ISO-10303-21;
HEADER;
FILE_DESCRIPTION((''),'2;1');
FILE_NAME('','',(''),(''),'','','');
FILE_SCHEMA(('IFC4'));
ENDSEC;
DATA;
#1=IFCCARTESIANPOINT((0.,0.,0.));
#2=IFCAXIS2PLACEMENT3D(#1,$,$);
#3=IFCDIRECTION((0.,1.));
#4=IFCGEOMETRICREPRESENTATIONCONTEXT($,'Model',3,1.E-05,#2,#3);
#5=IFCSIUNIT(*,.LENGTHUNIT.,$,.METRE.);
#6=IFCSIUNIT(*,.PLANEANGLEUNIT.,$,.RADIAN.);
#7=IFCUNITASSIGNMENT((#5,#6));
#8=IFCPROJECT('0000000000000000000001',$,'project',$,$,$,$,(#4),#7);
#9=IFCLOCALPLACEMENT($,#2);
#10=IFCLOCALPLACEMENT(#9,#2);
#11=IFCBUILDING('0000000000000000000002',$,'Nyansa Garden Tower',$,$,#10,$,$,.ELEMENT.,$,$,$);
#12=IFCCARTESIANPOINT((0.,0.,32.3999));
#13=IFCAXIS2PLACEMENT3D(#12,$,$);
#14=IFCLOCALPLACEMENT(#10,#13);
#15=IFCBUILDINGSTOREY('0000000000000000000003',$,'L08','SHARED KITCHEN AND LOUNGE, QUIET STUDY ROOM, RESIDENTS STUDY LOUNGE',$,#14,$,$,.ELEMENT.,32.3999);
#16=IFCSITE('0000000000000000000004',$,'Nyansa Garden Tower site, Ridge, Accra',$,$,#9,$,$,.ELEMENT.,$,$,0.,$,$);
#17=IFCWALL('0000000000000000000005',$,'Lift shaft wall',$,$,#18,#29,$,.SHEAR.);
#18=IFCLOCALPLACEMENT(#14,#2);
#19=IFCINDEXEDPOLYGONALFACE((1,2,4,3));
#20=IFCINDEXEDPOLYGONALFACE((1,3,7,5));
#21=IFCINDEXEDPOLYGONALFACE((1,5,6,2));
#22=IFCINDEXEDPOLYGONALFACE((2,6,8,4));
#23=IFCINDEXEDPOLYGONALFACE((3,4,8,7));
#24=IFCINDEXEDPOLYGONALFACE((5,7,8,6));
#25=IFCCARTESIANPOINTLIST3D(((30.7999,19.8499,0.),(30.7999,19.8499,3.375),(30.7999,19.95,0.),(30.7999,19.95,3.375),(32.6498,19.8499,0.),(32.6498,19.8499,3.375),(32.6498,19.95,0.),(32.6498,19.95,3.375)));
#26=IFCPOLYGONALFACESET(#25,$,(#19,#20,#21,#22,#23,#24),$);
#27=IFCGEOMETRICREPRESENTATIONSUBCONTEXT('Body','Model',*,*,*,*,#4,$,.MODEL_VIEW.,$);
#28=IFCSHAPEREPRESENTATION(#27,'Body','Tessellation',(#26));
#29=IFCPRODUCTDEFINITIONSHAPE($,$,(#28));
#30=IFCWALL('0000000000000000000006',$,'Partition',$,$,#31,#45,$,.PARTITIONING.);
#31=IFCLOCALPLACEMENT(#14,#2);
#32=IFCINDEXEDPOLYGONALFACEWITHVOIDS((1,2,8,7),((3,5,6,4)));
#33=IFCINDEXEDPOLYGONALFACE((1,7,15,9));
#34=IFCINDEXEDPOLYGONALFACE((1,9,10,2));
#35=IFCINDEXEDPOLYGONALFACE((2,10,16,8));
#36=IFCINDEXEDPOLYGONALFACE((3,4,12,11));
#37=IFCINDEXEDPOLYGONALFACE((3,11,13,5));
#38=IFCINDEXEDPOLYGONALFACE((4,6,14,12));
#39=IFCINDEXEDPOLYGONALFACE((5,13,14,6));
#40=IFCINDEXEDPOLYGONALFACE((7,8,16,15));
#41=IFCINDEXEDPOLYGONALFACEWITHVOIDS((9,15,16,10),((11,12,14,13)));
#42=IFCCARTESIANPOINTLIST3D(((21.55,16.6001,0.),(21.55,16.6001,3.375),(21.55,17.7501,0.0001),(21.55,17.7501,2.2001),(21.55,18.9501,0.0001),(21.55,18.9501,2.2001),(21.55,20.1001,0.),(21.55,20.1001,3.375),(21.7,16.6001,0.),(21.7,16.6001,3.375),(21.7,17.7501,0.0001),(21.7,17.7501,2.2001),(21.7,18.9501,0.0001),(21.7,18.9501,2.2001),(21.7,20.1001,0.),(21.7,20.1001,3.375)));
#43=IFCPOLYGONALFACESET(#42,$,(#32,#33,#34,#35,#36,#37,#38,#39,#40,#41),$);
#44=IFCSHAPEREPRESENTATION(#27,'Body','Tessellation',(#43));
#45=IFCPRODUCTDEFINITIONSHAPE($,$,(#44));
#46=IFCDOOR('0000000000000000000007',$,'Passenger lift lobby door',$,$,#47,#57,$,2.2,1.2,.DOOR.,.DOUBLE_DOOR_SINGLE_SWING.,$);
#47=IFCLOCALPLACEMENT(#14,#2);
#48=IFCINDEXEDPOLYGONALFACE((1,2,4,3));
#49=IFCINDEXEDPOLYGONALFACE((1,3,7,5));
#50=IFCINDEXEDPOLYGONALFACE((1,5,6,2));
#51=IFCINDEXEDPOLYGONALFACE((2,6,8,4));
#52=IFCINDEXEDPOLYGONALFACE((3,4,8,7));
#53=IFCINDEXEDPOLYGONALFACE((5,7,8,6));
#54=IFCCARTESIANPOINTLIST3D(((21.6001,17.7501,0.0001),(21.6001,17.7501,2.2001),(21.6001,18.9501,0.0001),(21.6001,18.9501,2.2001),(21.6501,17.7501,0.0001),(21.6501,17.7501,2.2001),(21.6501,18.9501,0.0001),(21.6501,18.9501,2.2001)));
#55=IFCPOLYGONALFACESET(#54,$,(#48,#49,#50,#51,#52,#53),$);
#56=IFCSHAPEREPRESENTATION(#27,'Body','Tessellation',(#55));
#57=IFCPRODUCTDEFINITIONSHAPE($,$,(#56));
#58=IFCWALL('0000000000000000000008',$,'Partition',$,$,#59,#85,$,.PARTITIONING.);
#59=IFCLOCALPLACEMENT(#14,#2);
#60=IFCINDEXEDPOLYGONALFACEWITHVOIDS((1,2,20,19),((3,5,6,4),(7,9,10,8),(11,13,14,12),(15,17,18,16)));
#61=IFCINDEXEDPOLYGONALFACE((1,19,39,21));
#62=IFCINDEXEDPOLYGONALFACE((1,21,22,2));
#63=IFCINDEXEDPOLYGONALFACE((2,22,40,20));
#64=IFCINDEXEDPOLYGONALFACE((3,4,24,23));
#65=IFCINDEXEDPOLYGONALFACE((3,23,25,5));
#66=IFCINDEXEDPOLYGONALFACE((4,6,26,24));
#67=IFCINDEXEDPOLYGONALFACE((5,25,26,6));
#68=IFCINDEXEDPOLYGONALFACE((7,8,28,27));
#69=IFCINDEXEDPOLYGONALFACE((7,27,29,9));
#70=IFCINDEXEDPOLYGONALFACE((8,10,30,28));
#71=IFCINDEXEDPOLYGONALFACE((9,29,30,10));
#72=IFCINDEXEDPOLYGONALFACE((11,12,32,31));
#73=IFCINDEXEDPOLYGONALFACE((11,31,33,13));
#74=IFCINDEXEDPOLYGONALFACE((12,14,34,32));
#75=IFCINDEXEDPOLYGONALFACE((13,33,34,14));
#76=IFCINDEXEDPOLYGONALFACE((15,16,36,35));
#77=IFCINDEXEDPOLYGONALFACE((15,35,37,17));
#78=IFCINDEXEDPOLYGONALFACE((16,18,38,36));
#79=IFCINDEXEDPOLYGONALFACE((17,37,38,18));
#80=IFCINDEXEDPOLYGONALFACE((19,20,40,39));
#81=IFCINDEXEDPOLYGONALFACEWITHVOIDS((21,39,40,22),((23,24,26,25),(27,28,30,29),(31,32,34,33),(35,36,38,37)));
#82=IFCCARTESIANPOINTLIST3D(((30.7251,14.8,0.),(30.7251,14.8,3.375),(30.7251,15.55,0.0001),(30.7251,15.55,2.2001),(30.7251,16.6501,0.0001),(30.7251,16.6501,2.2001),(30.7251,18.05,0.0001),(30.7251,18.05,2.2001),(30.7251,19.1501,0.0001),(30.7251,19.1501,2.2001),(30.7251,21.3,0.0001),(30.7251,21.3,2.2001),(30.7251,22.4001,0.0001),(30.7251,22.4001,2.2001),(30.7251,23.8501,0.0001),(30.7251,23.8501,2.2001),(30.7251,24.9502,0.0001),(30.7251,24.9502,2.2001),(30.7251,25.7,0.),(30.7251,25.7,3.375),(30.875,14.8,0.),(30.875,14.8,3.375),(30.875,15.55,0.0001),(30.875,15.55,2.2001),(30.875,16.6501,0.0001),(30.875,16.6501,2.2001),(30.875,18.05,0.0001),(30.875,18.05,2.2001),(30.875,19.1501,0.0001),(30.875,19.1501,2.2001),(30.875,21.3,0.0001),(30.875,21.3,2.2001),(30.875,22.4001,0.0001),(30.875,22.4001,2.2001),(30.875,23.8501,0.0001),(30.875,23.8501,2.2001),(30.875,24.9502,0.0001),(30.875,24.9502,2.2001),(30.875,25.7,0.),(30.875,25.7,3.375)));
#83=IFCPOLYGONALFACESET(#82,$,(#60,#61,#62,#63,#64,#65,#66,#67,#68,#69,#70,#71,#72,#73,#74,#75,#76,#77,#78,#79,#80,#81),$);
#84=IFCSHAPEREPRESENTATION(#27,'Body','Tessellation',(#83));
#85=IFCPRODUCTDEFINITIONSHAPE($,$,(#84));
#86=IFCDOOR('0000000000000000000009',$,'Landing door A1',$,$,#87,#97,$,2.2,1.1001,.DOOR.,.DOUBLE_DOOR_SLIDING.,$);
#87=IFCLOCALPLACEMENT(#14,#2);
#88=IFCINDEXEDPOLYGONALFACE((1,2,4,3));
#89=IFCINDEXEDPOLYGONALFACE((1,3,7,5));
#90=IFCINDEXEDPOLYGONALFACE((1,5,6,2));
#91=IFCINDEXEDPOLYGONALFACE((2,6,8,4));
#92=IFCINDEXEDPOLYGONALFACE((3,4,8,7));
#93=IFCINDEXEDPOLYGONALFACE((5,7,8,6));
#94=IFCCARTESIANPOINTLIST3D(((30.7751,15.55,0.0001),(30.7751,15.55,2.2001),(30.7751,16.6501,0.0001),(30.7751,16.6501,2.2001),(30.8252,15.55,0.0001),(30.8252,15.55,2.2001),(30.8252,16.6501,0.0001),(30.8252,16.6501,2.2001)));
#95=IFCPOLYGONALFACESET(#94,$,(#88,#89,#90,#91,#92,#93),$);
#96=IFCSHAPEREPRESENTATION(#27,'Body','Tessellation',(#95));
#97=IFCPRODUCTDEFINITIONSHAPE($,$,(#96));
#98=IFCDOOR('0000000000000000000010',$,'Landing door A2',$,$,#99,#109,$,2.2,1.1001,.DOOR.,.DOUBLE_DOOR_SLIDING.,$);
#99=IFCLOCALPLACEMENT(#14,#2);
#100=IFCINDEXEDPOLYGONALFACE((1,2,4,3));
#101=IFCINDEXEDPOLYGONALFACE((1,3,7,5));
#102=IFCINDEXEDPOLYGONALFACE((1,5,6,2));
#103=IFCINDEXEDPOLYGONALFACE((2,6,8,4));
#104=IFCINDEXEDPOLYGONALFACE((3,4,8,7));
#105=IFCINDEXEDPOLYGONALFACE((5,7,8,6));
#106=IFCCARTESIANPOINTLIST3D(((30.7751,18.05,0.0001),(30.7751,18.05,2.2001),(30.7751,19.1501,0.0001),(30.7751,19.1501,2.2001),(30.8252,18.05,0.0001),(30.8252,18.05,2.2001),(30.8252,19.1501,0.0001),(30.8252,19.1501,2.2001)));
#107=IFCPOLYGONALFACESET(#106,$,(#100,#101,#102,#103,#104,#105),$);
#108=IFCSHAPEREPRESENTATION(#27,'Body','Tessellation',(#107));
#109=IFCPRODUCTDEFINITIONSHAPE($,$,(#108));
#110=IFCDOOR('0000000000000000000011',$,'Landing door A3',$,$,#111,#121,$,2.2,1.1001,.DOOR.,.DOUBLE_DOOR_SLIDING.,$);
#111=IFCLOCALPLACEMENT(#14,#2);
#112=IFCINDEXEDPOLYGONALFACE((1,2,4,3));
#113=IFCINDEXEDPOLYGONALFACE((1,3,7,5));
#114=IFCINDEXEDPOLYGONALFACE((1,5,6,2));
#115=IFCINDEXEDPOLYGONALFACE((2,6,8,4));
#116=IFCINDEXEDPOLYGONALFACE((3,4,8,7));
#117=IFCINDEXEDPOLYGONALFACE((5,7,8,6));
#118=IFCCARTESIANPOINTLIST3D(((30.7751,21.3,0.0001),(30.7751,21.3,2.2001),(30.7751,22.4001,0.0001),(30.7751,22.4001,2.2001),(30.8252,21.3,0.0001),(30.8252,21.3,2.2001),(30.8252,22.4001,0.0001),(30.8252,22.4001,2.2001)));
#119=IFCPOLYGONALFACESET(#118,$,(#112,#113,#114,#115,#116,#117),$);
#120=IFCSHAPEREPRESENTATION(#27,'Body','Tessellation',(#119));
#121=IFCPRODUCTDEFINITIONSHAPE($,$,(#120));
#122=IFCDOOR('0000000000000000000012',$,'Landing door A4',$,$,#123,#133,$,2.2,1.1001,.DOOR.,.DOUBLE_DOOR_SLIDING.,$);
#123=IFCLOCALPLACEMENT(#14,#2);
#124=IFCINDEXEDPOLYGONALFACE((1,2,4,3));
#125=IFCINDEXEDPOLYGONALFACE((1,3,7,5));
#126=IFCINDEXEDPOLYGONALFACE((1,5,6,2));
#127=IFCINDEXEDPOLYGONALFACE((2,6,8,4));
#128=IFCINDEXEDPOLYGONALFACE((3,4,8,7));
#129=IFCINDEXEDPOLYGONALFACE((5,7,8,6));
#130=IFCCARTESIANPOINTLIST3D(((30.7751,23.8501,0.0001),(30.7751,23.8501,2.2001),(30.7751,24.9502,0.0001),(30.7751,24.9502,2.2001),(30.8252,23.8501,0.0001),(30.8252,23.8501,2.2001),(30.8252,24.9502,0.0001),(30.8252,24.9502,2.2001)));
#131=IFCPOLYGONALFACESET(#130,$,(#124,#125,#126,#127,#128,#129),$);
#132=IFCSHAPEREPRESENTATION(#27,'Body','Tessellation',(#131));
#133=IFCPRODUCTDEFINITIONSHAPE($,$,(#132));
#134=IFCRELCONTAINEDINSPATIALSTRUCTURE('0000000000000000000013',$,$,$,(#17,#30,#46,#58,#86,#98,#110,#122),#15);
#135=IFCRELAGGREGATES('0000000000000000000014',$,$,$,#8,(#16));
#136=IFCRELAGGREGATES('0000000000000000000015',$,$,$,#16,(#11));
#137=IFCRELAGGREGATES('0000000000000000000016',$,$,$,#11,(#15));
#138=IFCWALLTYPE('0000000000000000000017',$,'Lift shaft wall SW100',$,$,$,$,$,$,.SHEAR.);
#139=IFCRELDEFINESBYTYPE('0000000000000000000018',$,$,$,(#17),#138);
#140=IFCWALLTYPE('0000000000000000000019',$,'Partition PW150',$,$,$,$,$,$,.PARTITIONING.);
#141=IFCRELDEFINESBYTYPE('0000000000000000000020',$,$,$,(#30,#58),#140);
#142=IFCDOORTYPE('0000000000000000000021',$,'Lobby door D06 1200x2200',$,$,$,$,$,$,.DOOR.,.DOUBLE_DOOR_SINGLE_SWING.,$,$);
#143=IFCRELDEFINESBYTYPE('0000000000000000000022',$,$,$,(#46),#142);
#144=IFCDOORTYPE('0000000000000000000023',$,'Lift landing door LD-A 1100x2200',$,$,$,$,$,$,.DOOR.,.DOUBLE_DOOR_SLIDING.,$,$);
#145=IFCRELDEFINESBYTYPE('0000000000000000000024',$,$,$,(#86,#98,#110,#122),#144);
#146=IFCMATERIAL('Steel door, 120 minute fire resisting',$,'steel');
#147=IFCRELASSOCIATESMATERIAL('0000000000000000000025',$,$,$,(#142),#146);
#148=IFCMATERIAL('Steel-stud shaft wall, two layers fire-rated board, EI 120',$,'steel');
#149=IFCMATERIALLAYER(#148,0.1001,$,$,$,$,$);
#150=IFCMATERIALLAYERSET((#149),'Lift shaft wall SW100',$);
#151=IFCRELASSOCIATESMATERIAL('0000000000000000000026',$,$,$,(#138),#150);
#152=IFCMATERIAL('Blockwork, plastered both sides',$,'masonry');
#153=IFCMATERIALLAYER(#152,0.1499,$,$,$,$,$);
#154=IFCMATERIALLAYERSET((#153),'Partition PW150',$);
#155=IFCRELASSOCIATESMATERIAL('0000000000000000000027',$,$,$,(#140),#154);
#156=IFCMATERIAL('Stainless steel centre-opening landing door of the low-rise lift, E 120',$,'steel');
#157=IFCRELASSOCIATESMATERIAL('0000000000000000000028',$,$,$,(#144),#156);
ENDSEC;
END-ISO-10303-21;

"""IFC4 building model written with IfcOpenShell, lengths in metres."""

from ifc_helpers import new_model, si_unit, direction, frame, frame_2d, origin, place, context, subcontext, project, spatial, rectangle, extrude, material, layer, layer_set, type_object, element, fill, save


model = new_model("IFC4")

# Units and contexts
model_context = context("Model", 3, precision=1e-05, world=origin(), true_north=direction((0.0, 1.0)))
body_context = subcontext(model_context, "Body", "Model", "MODEL_VIEW")
ifc_project = project(units=[si_unit("LENGTHUNIT", "METRE"), si_unit("PLANEANGLEUNIT", "RADIAN")], contexts=[model_context])

# Site, building, storey
site_placement = place(None, origin())
site = spatial("IfcSite", under=ifc_project, at=site_placement, Name="Nyansa Garden Tower site, Ridge, Accra", CompositionType="ELEMENT", RefElevation=0.0)
building_placement = place(site_placement, origin())
building = spatial("IfcBuilding", under=site, at=building_placement, Name="Nyansa Garden Tower", CompositionType="ELEMENT")
storey_placement = place(building_placement, frame((0.0, 0.0, 32.3999)))
storey = spatial("IfcBuildingStorey", under=building, at=storey_placement, Name="L08", Description="SHARED KITCHEN AND LOUNGE, QUIET STUDY ROOM, RESIDENTS STUDY LOUNGE", CompositionType="ELEMENT", Elevation=32.3999)

# Shared definitions
ifc_material_1 = material(Name="Steel door, 120 minute fire resisting", Category="steel")
door_type_1 = type_object("IfcDoorType", Name="Lobby door D06 1200x2200", OperationType="DOUBLE_DOOR_SINGLE_SWING", PredefinedType="DOOR", material=ifc_material_1)

# Wall
ifc_material_2 = material(Name="Steel-stud shaft wall, two layers fire-rated board, EI 120", Category="steel")
ifc_layer_1 = layer(ifc_material_2, 0.1001)
ifc_layer_set_1 = layer_set([ifc_layer_1], Name="Lift shaft wall SW100")
wall_type_1 = type_object("IfcWallType", Name="Lift shaft wall SW100", PredefinedType="SHEAR", material=ifc_layer_set_1)
for number, where, z_axis, x_axis, name in (
    (1, (30.8, 19.8999, 0.0), (0.0, 0.0, 1.0), (1.0, 0.0, 0.0), "Lift shaft wall"),
):
    element("IfcWall", number, at=place(storey_placement, frame(where, z_axis=z_axis, x_axis=x_axis)), inside=storey, type_object=wall_type_1, Name=name, PredefinedType="SHEAR", context=body_context, shape_type="SweptSolid", body=[
        extrude(rectangle(XDim=1.8499, YDim=0.1001, at=frame_2d((0.9248, 0.0))), origin(), (0.0, 0.0, 1.0), 3.375),
    ])

# Wall, opening, door
ifc_material_3 = material(Name="Blockwork, plastered both sides", Category="masonry")
ifc_layer_2 = layer(ifc_material_3, 0.1499)
ifc_layer_set_2 = layer_set([ifc_layer_2], Name="Partition PW150")
wall_type_2 = type_object("IfcWallType", Name="Partition PW150", PredefinedType="PARTITIONING", material=ifc_layer_set_2)
wall_1_placement = place(storey_placement, frame((21.625, 16.6001, 0.0), z_axis=(0.0, 0.0, 1.0), x_axis=(0.0, 1.0, 0.0)))
wall_1 = element("IfcWall", 2, at=wall_1_placement, inside=storey, type_object=wall_type_2, Name="Partition", PredefinedType="PARTITIONING", context=body_context, shape_type="SweptSolid", body=[
    extrude(rectangle(XDim=3.5, YDim=0.1499, at=frame_2d((1.75, 0.0))), origin(), (0.0, 0.0, 1.0), 3.375),
])
opening_1_placement = place(wall_1_placement, frame((1.1499, 0.0, 0.0)))
opening_1 = element("IfcOpeningElement", 3, at=opening_1_placement, cuts=wall_1, PredefinedType="OPENING", context=body_context, shape_type="SweptSolid", body=[
    extrude(rectangle(XDim=1.2, YDim=2.2, at=frame_2d((0.6001, 1.1001))), frame((0.0, 0.085, 0.0), z_axis=(0.0, -1.0, 0.0), x_axis=(1.0, 0.0, 0.0)), (0.0, 0.0, 1.0), 0.1699),
])
door_1_placement = place(opening_1_placement, origin())
door_1 = element("IfcDoor", 4, at=door_1_placement, inside=storey, type_object=door_type_1, Name="Passenger lift lobby door", OperationType="DOUBLE_DOOR_SINGLE_SWING", OverallHeight=2.2, OverallWidth=1.2, PredefinedType="DOOR", context=body_context, shape_type="SweptSolid", body=[
    extrude(rectangle(XDim=1.2, YDim=2.2, at=frame_2d((0.6001, 1.1001))), frame((0.0, 0.0249, 0.0), z_axis=(0.0, -1.0, 0.0), x_axis=(1.0, 0.0, 0.0)), (0.0, 0.0, 1.0), 0.05),
])
fill(opening_1, door_1)

# Wall, openings, doors
wall_2_placement = place(storey_placement, frame((30.8, 14.8, 0.0), z_axis=(0.0, 0.0, 1.0), x_axis=(0.0, 1.0, 0.0)))
wall_2 = element("IfcWall", 5, at=wall_2_placement, inside=storey, type_object=wall_type_2, Name="Partition", PredefinedType="PARTITIONING", context=body_context, shape_type="SweptSolid", body=[
    extrude(rectangle(XDim=10.8999, YDim=0.1499, at=frame_2d((5.45, 0.0))), origin(), (0.0, 0.0, 1.0), 3.375),
])
opening_2_placement = place(wall_2_placement, frame((0.75, 0.0, 0.0)))
opening_2 = element("IfcOpeningElement", 6, at=opening_2_placement, cuts=wall_2, PredefinedType="OPENING", context=body_context, shape_type="SweptSolid", body=[
    extrude(rectangle(XDim=1.1001, YDim=2.2, at=frame_2d((0.55, 1.1001))), frame((0.0, 0.085, 0.0), z_axis=(0.0, -1.0, 0.0), x_axis=(1.0, 0.0, 0.0)), (0.0, 0.0, 1.0), 0.1699),
])
opening_3_placement = place(wall_2_placement, frame((3.25, 0.0, 0.0)))
opening_3 = element("IfcOpeningElement", 7, at=opening_3_placement, cuts=wall_2, PredefinedType="OPENING", context=body_context, shape_type="SweptSolid", body=[
    extrude(rectangle(XDim=1.1001, YDim=2.2, at=frame_2d((0.55, 1.1001))), frame((0.0, 0.085, 0.0), z_axis=(0.0, -1.0, 0.0), x_axis=(1.0, 0.0, 0.0)), (0.0, 0.0, 1.0), 0.1699),
])
opening_4_placement = place(wall_2_placement, frame((6.5, 0.0, 0.0)))
opening_4 = element("IfcOpeningElement", 8, at=opening_4_placement, cuts=wall_2, PredefinedType="OPENING", context=body_context, shape_type="SweptSolid", body=[
    extrude(rectangle(XDim=1.1001, YDim=2.2, at=frame_2d((0.55, 1.1001))), frame((0.0, 0.085, 0.0), z_axis=(0.0, -1.0, 0.0), x_axis=(1.0, 0.0, 0.0)), (0.0, 0.0, 1.0), 0.1699),
])
opening_5_placement = place(wall_2_placement, frame((9.05, 0.0, 0.0)))
opening_5 = element("IfcOpeningElement", 9, at=opening_5_placement, cuts=wall_2, PredefinedType="OPENING", context=body_context, shape_type="SweptSolid", body=[
    extrude(rectangle(XDim=1.1001, YDim=2.2, at=frame_2d((0.55, 1.1001))), frame((0.0, 0.085, 0.0), z_axis=(0.0, -1.0, 0.0), x_axis=(1.0, 0.0, 0.0)), (0.0, 0.0, 1.0), 0.1699),
])
ifc_material_4 = material(Name="Stainless steel centre-opening landing door of the low-rise lift, E 120", Category="steel")
door_type_2 = type_object("IfcDoorType", Name="Lift landing door LD-A 1100x2200", OperationType="DOUBLE_DOOR_SLIDING", PredefinedType="DOOR", material=ifc_material_4)
door_2_placement = place(opening_2_placement, origin())
door_2 = element("IfcDoor", 10, at=door_2_placement, inside=storey, type_object=door_type_2, Name="Landing door A1", OperationType="DOUBLE_DOOR_SLIDING", OverallHeight=2.2, OverallWidth=1.1001, PredefinedType="DOOR", context=body_context, shape_type="SweptSolid", body=[
    extrude(rectangle(XDim=1.1001, YDim=2.2, at=frame_2d((0.55, 1.1001))), frame((0.0, 0.0249, 0.0), z_axis=(0.0, -1.0, 0.0), x_axis=(1.0, 0.0, 0.0)), (0.0, 0.0, 1.0), 0.05),
])
fill(opening_2, door_2)
door_3_placement = place(opening_3_placement, origin())
door_3 = element("IfcDoor", 11, at=door_3_placement, inside=storey, type_object=door_type_2, Name="Landing door A2", OperationType="DOUBLE_DOOR_SLIDING", OverallHeight=2.2, OverallWidth=1.1001, PredefinedType="DOOR", context=body_context, shape_type="SweptSolid", body=[
    extrude(rectangle(XDim=1.1001, YDim=2.2, at=frame_2d((0.55, 1.1001))), frame((0.0, 0.0249, 0.0), z_axis=(0.0, -1.0, 0.0), x_axis=(1.0, 0.0, 0.0)), (0.0, 0.0, 1.0), 0.05),
])
fill(opening_3, door_3)
door_4_placement = place(opening_4_placement, origin())
door_4 = element("IfcDoor", 12, at=door_4_placement, inside=storey, type_object=door_type_2, Name="Landing door A3", OperationType="DOUBLE_DOOR_SLIDING", OverallHeight=2.2, OverallWidth=1.1001, PredefinedType="DOOR", context=body_context, shape_type="SweptSolid", body=[
    extrude(rectangle(XDim=1.1001, YDim=2.2, at=frame_2d((0.55, 1.1001))), frame((0.0, 0.0249, 0.0), z_axis=(0.0, -1.0, 0.0), x_axis=(1.0, 0.0, 0.0)), (0.0, 0.0, 1.0), 0.05),
])
fill(opening_4, door_4)
door_5_placement = place(opening_5_placement, origin())
door_5 = element("IfcDoor", 13, at=door_5_placement, inside=storey, type_object=door_type_2, Name="Landing door A4", OperationType="DOUBLE_DOOR_SLIDING", OverallHeight=2.2, OverallWidth=1.1001, PredefinedType="DOOR", context=body_context, shape_type="SweptSolid", body=[
    extrude(rectangle(XDim=1.1001, YDim=2.2, at=frame_2d((0.55, 1.1001))), frame((0.0, 0.0249, 0.0), z_axis=(0.0, -1.0, 0.0), x_axis=(1.0, 0.0, 0.0)), (0.0, 0.0, 1.0), 0.05),
])
fill(opening_5, door_5)

save(model, "model.ifc")
